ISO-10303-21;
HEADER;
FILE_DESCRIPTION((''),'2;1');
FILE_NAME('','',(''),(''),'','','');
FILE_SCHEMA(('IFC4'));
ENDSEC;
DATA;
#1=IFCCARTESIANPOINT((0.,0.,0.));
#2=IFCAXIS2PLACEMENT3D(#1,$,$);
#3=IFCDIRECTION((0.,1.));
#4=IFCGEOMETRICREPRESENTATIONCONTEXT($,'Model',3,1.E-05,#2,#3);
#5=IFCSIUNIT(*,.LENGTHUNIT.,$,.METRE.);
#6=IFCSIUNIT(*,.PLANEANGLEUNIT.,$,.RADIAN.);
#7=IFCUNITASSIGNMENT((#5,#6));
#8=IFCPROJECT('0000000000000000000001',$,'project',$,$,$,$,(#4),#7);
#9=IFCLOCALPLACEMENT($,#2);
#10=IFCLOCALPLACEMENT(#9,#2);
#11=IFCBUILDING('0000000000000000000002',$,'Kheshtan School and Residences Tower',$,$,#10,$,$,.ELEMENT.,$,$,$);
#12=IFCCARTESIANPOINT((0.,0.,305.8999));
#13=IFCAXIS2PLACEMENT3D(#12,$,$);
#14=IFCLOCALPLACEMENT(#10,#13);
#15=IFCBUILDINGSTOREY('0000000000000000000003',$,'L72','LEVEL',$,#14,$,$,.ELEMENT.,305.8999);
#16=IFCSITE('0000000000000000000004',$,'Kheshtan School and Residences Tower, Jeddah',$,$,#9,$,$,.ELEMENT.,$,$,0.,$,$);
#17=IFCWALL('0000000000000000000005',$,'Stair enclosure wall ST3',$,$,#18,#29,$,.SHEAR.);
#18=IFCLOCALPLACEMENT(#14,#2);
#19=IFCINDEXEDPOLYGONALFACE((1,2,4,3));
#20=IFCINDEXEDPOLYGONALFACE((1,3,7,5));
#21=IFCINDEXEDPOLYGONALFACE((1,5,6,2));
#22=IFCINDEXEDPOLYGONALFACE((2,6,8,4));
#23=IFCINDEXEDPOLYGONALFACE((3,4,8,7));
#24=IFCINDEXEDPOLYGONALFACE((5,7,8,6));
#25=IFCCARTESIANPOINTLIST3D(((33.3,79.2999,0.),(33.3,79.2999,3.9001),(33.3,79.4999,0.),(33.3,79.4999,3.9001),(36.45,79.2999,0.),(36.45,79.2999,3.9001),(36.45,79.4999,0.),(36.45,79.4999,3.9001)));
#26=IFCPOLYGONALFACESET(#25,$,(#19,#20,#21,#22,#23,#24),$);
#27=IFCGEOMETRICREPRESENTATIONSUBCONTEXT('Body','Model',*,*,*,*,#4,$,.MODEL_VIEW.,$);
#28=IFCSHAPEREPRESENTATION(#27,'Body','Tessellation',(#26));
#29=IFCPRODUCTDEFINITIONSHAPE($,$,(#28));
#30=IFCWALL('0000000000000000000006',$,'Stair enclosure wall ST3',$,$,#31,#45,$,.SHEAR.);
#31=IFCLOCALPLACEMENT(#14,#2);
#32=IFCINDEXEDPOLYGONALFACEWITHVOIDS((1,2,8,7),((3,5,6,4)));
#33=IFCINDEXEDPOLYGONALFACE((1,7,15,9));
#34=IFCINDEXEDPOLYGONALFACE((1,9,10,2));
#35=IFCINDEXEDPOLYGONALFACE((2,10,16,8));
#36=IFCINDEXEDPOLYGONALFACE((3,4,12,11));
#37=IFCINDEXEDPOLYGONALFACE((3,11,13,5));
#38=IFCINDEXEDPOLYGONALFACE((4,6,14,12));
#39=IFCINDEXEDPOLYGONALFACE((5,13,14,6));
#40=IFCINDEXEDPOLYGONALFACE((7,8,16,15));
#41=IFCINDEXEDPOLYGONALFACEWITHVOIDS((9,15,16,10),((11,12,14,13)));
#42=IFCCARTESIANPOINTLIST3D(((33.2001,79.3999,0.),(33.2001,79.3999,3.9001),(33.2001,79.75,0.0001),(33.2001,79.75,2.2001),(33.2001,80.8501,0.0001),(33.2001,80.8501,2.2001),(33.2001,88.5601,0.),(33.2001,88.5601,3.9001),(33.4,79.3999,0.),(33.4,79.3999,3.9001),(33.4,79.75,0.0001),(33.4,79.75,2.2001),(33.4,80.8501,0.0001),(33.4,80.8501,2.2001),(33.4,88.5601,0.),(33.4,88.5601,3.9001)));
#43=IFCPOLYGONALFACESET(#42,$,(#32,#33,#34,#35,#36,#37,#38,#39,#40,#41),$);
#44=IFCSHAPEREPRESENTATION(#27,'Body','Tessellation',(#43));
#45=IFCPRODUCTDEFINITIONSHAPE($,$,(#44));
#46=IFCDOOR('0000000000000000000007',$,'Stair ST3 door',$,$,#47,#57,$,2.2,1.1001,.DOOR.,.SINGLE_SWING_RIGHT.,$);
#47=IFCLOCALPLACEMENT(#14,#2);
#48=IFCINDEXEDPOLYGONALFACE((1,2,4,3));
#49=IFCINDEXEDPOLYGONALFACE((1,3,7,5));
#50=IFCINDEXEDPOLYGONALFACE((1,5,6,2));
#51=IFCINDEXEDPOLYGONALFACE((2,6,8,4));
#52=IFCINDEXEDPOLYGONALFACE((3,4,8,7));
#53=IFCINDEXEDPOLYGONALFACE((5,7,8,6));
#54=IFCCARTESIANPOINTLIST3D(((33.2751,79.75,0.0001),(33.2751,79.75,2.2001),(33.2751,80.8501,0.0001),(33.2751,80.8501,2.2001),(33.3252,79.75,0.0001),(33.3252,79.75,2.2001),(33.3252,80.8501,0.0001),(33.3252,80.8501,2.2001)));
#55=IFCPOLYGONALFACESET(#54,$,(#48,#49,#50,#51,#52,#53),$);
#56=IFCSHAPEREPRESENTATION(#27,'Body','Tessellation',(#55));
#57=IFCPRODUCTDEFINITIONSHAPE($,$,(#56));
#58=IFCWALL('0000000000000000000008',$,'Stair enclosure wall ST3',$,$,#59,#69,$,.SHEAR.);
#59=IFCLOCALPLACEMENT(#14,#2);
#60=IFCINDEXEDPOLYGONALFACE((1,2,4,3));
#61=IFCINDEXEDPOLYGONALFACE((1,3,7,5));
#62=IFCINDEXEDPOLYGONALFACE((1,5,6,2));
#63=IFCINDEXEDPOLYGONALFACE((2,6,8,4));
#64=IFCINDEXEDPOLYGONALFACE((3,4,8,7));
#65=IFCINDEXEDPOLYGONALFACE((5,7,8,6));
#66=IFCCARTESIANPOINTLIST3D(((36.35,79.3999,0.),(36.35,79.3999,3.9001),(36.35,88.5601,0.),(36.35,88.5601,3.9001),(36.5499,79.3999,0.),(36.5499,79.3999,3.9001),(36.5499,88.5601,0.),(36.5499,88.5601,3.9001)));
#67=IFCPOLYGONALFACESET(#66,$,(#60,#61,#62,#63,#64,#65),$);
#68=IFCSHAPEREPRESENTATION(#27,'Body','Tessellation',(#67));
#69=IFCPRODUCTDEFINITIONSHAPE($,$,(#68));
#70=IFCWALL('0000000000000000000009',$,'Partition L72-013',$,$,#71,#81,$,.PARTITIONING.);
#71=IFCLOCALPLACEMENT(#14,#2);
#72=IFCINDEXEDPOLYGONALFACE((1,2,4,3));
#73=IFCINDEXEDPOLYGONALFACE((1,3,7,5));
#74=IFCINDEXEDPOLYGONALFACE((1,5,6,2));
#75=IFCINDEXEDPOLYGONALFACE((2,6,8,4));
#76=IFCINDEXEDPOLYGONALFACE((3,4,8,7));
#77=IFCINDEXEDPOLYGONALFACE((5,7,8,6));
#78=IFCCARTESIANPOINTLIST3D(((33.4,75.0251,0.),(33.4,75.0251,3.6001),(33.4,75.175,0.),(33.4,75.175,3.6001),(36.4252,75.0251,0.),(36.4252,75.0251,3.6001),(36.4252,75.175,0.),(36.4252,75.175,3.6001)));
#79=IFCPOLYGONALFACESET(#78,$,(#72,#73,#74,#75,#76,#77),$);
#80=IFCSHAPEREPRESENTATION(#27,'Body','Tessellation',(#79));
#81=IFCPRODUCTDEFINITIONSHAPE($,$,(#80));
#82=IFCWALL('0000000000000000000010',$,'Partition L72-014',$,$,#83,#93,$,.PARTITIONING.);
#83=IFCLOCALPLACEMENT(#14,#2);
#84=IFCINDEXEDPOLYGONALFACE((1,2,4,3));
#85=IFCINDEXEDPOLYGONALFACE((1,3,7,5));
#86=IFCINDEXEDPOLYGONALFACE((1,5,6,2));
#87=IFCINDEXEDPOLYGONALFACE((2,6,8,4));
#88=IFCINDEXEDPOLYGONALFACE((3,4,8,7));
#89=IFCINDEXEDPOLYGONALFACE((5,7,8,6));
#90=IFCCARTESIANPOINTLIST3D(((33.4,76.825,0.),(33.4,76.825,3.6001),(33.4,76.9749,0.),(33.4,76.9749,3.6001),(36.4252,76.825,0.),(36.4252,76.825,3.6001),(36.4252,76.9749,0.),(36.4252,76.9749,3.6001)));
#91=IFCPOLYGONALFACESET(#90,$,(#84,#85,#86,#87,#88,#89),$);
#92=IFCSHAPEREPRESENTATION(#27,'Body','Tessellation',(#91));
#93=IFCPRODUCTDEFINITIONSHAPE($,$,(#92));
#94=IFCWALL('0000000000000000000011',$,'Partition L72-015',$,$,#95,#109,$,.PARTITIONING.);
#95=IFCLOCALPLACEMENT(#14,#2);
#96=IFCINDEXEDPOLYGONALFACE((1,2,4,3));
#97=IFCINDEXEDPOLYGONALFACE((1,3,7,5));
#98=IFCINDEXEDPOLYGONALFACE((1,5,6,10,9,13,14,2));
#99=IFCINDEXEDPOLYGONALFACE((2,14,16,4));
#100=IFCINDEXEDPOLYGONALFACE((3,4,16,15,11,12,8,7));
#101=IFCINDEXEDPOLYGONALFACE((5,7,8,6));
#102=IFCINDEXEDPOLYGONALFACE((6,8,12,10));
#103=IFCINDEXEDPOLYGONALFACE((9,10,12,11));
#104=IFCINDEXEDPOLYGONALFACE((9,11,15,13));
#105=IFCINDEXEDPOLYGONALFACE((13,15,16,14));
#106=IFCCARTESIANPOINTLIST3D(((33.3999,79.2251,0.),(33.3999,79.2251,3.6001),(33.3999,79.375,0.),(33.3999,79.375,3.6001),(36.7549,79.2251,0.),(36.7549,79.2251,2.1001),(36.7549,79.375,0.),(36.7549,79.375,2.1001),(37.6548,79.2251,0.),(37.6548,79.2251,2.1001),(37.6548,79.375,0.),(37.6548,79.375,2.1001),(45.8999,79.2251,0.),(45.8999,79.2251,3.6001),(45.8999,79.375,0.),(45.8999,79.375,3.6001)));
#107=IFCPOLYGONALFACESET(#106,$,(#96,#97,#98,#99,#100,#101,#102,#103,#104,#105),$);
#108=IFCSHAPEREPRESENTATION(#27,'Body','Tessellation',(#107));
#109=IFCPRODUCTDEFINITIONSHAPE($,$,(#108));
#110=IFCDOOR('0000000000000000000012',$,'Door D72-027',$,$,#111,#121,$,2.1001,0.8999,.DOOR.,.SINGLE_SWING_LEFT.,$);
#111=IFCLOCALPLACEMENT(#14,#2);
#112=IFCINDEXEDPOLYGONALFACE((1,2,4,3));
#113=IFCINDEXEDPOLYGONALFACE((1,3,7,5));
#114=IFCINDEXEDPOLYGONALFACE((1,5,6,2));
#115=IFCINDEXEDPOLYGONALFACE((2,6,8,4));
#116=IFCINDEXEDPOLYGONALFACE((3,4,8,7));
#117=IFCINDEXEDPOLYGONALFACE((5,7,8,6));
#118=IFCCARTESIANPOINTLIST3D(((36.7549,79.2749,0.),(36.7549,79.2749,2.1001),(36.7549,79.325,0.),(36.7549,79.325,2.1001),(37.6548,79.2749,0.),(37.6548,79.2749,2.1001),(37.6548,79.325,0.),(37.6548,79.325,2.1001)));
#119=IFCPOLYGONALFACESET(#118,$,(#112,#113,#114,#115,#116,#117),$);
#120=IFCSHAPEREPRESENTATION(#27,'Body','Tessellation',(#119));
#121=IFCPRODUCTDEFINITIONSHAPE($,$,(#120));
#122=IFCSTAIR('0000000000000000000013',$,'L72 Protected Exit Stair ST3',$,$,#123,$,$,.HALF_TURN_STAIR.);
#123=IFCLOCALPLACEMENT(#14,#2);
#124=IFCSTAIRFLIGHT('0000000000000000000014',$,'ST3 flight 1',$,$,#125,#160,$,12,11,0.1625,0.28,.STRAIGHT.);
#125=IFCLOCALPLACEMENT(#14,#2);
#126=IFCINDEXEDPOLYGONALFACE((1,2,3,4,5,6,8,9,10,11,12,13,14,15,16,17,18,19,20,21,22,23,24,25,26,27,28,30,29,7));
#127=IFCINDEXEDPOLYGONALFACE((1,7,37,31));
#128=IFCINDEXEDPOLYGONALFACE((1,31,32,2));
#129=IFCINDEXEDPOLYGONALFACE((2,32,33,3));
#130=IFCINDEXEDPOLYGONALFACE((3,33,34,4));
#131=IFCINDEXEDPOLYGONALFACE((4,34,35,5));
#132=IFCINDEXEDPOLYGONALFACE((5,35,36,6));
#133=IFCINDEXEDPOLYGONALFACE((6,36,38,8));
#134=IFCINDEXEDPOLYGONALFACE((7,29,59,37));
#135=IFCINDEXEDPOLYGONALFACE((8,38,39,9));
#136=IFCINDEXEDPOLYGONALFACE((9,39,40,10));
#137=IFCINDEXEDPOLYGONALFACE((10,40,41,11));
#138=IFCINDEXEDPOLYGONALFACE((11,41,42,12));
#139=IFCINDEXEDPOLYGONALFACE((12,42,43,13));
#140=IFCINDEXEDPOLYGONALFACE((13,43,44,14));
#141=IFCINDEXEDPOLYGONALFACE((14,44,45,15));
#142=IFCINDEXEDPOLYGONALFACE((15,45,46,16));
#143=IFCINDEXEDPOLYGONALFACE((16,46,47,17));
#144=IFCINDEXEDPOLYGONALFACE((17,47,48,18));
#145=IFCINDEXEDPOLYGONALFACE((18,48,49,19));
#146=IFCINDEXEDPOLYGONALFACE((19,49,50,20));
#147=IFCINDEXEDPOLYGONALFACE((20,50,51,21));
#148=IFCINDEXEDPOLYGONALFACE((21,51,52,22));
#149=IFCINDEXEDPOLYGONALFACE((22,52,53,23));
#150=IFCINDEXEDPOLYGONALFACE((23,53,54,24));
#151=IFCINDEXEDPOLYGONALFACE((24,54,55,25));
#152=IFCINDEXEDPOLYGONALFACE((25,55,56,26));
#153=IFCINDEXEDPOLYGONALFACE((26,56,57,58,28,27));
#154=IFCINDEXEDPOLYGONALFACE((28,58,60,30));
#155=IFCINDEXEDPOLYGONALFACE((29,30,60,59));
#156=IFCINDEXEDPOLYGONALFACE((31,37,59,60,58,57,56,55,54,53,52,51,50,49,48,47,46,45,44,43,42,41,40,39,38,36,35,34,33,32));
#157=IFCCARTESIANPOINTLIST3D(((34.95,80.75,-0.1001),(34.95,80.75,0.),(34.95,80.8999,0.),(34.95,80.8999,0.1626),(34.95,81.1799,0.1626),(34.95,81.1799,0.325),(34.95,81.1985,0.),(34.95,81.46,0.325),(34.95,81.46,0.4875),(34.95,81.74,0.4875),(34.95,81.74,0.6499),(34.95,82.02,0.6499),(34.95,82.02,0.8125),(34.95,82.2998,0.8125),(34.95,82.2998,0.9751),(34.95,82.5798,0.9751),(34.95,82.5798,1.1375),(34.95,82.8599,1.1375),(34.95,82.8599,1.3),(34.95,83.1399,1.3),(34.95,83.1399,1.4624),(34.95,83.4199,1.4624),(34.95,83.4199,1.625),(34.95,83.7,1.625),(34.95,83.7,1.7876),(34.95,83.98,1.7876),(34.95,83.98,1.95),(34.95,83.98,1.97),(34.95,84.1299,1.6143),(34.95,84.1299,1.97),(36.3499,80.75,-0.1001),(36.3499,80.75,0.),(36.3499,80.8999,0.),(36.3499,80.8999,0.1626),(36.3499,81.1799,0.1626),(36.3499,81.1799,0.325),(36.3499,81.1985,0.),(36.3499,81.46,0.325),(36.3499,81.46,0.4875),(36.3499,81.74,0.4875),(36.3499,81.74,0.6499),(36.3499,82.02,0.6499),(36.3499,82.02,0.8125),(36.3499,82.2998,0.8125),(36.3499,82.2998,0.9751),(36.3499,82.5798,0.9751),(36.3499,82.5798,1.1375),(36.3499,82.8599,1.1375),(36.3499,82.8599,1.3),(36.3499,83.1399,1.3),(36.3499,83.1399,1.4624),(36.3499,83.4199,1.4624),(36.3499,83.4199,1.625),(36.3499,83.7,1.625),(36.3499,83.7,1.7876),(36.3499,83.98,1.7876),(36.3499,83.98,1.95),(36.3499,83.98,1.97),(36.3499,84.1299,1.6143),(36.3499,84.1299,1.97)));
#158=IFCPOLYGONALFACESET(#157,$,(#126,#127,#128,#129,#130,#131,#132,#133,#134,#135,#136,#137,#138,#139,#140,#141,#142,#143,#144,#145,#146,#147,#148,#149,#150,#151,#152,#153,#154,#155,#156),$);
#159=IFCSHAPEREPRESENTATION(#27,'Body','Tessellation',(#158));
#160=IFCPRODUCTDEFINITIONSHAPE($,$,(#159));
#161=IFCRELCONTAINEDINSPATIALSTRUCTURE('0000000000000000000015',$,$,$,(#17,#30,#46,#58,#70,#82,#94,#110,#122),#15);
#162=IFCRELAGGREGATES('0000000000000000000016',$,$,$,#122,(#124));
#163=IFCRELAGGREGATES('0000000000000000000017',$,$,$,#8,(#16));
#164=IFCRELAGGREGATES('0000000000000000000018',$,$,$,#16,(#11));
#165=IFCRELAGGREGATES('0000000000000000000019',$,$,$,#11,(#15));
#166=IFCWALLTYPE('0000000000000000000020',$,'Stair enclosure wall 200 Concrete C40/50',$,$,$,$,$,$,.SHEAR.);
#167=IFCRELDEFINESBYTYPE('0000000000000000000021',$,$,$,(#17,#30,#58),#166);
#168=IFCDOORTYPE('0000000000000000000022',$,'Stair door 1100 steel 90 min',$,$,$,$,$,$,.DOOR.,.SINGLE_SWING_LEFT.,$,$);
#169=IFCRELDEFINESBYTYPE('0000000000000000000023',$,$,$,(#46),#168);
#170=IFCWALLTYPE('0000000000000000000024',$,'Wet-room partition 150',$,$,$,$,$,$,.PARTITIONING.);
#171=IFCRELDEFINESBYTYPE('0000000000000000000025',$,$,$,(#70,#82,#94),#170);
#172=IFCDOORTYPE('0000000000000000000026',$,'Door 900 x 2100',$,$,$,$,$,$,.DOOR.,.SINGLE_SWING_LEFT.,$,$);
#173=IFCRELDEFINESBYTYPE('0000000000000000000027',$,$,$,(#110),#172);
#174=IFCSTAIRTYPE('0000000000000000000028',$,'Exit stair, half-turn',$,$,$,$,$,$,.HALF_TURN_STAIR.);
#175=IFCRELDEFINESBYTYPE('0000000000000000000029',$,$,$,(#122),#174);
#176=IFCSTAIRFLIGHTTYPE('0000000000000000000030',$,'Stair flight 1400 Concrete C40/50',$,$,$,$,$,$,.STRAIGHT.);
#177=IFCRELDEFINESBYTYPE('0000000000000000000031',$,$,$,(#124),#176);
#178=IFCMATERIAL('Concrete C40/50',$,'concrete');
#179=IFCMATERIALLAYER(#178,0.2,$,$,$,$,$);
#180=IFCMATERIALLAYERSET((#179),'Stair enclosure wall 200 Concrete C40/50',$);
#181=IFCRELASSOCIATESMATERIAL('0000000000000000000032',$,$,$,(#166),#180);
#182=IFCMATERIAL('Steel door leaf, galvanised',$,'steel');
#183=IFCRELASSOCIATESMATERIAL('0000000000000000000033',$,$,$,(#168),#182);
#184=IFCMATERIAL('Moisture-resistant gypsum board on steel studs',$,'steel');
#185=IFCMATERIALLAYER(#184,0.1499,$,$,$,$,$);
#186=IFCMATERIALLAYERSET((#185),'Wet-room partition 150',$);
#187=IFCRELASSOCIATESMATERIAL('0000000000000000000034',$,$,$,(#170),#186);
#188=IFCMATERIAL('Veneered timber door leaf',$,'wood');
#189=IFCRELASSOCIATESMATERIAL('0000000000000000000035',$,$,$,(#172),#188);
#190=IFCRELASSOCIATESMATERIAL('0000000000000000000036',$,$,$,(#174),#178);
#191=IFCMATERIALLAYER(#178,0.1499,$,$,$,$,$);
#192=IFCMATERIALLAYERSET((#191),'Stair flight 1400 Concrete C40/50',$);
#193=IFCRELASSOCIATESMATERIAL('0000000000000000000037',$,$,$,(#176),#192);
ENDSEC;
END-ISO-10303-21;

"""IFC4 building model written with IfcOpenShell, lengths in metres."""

from ifc_helpers import new_model, si_unit, direction, frame, frame_2d, origin, place, context, subcontext, project, spatial, polyline, rectangle, outline, extrude, source, transform, mapped, material, layer, layer_set, type_object, element, fill, aggregate, save


model = new_model("IFC4")

# Units and contexts
model_context = context("Model", 3, precision=1e-05, world=origin(), true_north=direction((0.0, 1.0)))
body_context = subcontext(model_context, "Body", "Model", "MODEL_VIEW")
ifc_project = project(units=[si_unit("LENGTHUNIT", "METRE"), si_unit("PLANEANGLEUNIT", "RADIAN")], contexts=[model_context])

# Site, building, storey
site_placement = place(None, origin())
site = spatial("IfcSite", under=ifc_project, at=site_placement, Name="Kheshtan School and Residences Tower, Jeddah", CompositionType="ELEMENT", RefElevation=0.0)
building_placement = place(site_placement, origin())
building = spatial("IfcBuilding", under=site, at=building_placement, Name="Kheshtan School and Residences Tower", CompositionType="ELEMENT")
storey_placement = place(building_placement, frame((0.0, 0.0, 305.8999)))
storey = spatial("IfcBuildingStorey", under=building, at=storey_placement, Name="L72", Description="LEVEL", CompositionType="ELEMENT", Elevation=305.8999)

# Wall
ifc_material_1 = material(Name="Concrete C40/50", Category="concrete")
ifc_layer_1 = layer(ifc_material_1, 0.2)
ifc_layer_set_1 = layer_set([ifc_layer_1], Name="Stair enclosure wall 200 Concrete C40/50")
wall_type_1 = type_object("IfcWallType", Name="Stair enclosure wall 200 Concrete C40/50", PredefinedType="SHEAR", material=ifc_layer_set_1)
wall_1_placement = place(storey_placement, frame((33.3, 79.3999, 0.0), z_axis=(0.0, 0.0, 1.0), x_axis=(1.0, 0.0, 0.0)))
element("IfcWall", 1, at=wall_1_placement, inside=storey, type_object=wall_type_1, Name="Stair enclosure wall ST3", PredefinedType="SHEAR", context=body_context, shape_type="SweptSolid", body=[
    extrude(rectangle(XDim=3.1499, YDim=0.2, at=frame_2d((1.575, 0.0))), origin(), (0.0, 0.0, 1.0), 3.9001),
])

# Wall, opening, door
wall_2_placement = place(storey_placement, frame((33.3, 79.3999, 0.0), z_axis=(0.0, 0.0, 1.0), x_axis=(0.0, 1.0, 0.0)))
wall_2 = element("IfcWall", 2, at=wall_2_placement, inside=storey, type_object=wall_type_1, Name="Stair enclosure wall ST3", PredefinedType="SHEAR", context=body_context, shape_type="SweptSolid", body=[
    extrude(rectangle(XDim=9.1602, YDim=0.2, at=frame_2d((4.5801, 0.0))), origin(), (0.0, 0.0, 1.0), 3.9001),
])
opening_1_placement = place(wall_2_placement, frame((0.3501, 0.0, 0.0)))
opening_1 = element("IfcOpeningElement", 3, at=opening_1_placement, cuts=wall_2, PredefinedType="OPENING", context=body_context, shape_type="SweptSolid", body=[
    extrude(rectangle(XDim=1.1001, YDim=2.2, at=frame_2d((0.55, 1.1001))), frame((0.0, 0.1099, 0.0), z_axis=(0.0, -1.0, 0.0), x_axis=(1.0, 0.0, 0.0)), (0.0, 0.0, 1.0), 0.22),
])
ifc_material_2 = material(Name="Steel door leaf, galvanised", Category="steel")
door_type_1 = type_object("IfcDoorType", Name="Stair door 1100 steel 90 min", OperationType="SINGLE_SWING_LEFT", PredefinedType="DOOR", material=ifc_material_2)
shared_shape_1 = source(origin(), body_context, "Body", "SweptSolid", [
    extrude(rectangle(XDim=1.1001, YDim=2.2, at=frame_2d((0.55, 1.1001))), frame((0.0, 0.0249, 0.0), z_axis=(0.0, -1.0, 0.0), x_axis=(1.0, 0.0, 0.0)), (0.0, 0.0, 1.0), 0.05),
])
door_1_placement = place(opening_1_placement, origin())
door_1 = element("IfcDoor", 4, at=door_1_placement, inside=storey, type_object=door_type_1, Name="Stair ST3 door", OperationType="SINGLE_SWING_RIGHT", OverallHeight=2.2, OverallWidth=1.1001, PredefinedType="DOOR", context=body_context, shape_type="MappedRepresentation", body=[
    mapped(shared_shape_1, transform((0.0, 0.0, 0.0), x_axis=(1.0, 0.0, 0.0), y_axis=(0.0, 1.0, 0.0), z_axis=(0.0, 0.0, 1.0), scale=1.0)),
])
fill(opening_1, door_1)

# Walls
wall_3_placement = place(storey_placement, frame((36.45, 79.3999, 0.0), z_axis=(0.0, 0.0, 1.0), x_axis=(0.0, 1.0, 0.0)))
element("IfcWall", 5, at=wall_3_placement, inside=storey, type_object=wall_type_1, Name="Stair enclosure wall ST3", PredefinedType="SHEAR", context=body_context, shape_type="SweptSolid", body=[
    extrude(rectangle(XDim=9.1602, YDim=0.2, at=frame_2d((4.5801, 0.0))), origin(), (0.0, 0.0, 1.0), 3.9001),
])
ifc_material_3 = material(Name="Moisture-resistant gypsum board on steel studs", Category="steel")
ifc_layer_2 = layer(ifc_material_3, 0.1499)
ifc_layer_set_2 = layer_set([ifc_layer_2], Name="Wet-room partition 150")
wall_type_2 = type_object("IfcWallType", Name="Wet-room partition 150", PredefinedType="PARTITIONING", material=ifc_layer_set_2)
for number, where, z_axis, x_axis, name in (
    (6, (33.3999, 75.1001, 0.0), (0.0, 0.0, 1.0), (1.0, 0.0, 0.0), "Partition L72-013"),
    (7, (33.3999, 76.8999, 0.0), (0.0, 0.0, 1.0), (1.0, 0.0, 0.0), "Partition L72-014"),
):
    element("IfcWall", number, at=place(storey_placement, frame(where, z_axis=z_axis, x_axis=x_axis)), inside=storey, type_object=wall_type_2, Name=name, PredefinedType="PARTITIONING", context=body_context, shape_type="SweptSolid", body=[
        extrude(rectangle(XDim=3.0251, YDim=0.1499, at=frame_2d((1.5127, 0.0))), origin(), (0.0, 0.0, 1.0), 3.6001),
    ])

# Wall, opening, door
wall_4_placement = place(storey_placement, frame((33.3999, 79.3, 0.0), z_axis=(0.0, 0.0, 1.0), x_axis=(1.0, 0.0, 0.0)))
wall_4 = element("IfcWall", 8, at=wall_4_placement, inside=storey, type_object=wall_type_2, Name="Partition L72-015", PredefinedType="PARTITIONING", context=body_context, shape_type="SweptSolid", body=[
    extrude(rectangle(XDim=12.5, YDim=0.1499, at=frame_2d((6.25, 0.0))), origin(), (0.0, 0.0, 1.0), 3.6001),
])
opening_2_placement = place(wall_4_placement, frame((3.355, 0.0, 0.0)))
opening_2 = element("IfcOpeningElement", 9, at=opening_2_placement, cuts=wall_4, PredefinedType="OPENING", context=body_context, shape_type="SweptSolid", body=[
    extrude(rectangle(XDim=0.8999, YDim=2.1001, at=frame_2d((0.45, 1.05))), frame((0.0, 0.085, 0.0), z_axis=(0.0, -1.0, 0.0), x_axis=(1.0, 0.0, 0.0)), (0.0, 0.0, 1.0), 0.1699),
])
ifc_material_4 = material(Name="Veneered timber door leaf", Category="wood")
door_type_2 = type_object("IfcDoorType", Name="Door 900 x 2100", OperationType="SINGLE_SWING_LEFT", PredefinedType="DOOR", material=ifc_material_4)
shared_shape_2 = source(origin(), body_context, "Body", "SweptSolid", [
    extrude(rectangle(XDim=0.8999, YDim=2.1001, at=frame_2d((0.45, 1.05))), frame((0.0, 0.0249, 0.0), z_axis=(0.0, -1.0, 0.0), x_axis=(1.0, 0.0, 0.0)), (0.0, 0.0, 1.0), 0.05),
])
door_2_placement = place(opening_2_placement, origin())
door_2 = element("IfcDoor", 10, at=door_2_placement, inside=storey, type_object=door_type_2, Name="Door D72-027", OperationType="SINGLE_SWING_LEFT", OverallHeight=2.1001, OverallWidth=0.8999, PredefinedType="DOOR", context=body_context, shape_type="MappedRepresentation", body=[
    mapped(shared_shape_2, transform((0.0, 0.0, 0.0), x_axis=(1.0, 0.0, 0.0), y_axis=(0.0, 1.0, 0.0), z_axis=(0.0, 0.0, 1.0), scale=1.0)),
])
fill(opening_2, door_2)

# Stair, stair flight
stair_type = type_object("IfcStairType", Name="Exit stair, half-turn", PredefinedType="HALF_TURN_STAIR", material=ifc_material_1)
stair_placement = place(storey_placement, origin())
stair = element("IfcStair", 11, at=stair_placement, inside=storey, type_object=stair_type, Name="L72 Protected Exit Stair ST3", PredefinedType="HALF_TURN_STAIR")
ifc_layer_3 = layer(ifc_material_1, 0.1499)
ifc_layer_set_3 = layer_set([ifc_layer_3], Name="Stair flight 1400 Concrete C40/50")
stair_flight_type = type_object("IfcStairFlightType", Name="Stair flight 1400 Concrete C40/50", PredefinedType="STRAIGHT", material=ifc_layer_set_3)
stair_flight_1_placement = place(storey_placement, frame((35.6499, 80.8999, 0.0), z_axis=(0.0, 0.0, 1.0), x_axis=(0.0, 1.0, 0.0)))
stair_flight_1 = element("IfcStairFlight", 12, at=stair_flight_1_placement, type_object=stair_flight_type, Name="ST3 flight 1", NumberOfRisers=12, NumberOfTreads=11, PredefinedType="STRAIGHT", RiserHeight=0.1625, TreadLength=0.28, context=body_context, shape_type="SweptSolid", body=[
    extrude(outline(polyline([(-0.1499, -0.1001), (-0.1499, 0.0), (0.0, 0.0), (0.0, 0.1626), (0.28, 0.1626), (0.28, 0.325), (0.5601, 0.325), (0.5601, 0.4875), (0.8401, 0.4875), (0.8401, 0.6499), (1.1201, 0.6499), (1.1201, 0.8125), (1.3999, 0.8125), (1.3999, 0.9751), (1.6799, 0.9751), (1.6799, 1.1375), (1.96, 1.1375), (1.96, 1.3), (2.24, 1.3), (2.24, 1.4624), (2.52, 1.4624), (2.52, 1.625), (2.8, 1.625), (2.8, 1.7876), (3.0801, 1.7876), (3.0801, 1.95), (3.0801, 1.97), (3.23, 1.97), (3.23, 1.6143), (0.2986, 0.0), (-0.1499, -0.1001)])), frame((0.0, 0.7, 0.0), z_axis=(0.0, -1.0, 0.0), x_axis=(1.0, 0.0, 0.0)), (0.0, 0.0, 1.0), 1.3999),
])
aggregate(stair, [stair_flight_1])

save(model, "model.ifc")
